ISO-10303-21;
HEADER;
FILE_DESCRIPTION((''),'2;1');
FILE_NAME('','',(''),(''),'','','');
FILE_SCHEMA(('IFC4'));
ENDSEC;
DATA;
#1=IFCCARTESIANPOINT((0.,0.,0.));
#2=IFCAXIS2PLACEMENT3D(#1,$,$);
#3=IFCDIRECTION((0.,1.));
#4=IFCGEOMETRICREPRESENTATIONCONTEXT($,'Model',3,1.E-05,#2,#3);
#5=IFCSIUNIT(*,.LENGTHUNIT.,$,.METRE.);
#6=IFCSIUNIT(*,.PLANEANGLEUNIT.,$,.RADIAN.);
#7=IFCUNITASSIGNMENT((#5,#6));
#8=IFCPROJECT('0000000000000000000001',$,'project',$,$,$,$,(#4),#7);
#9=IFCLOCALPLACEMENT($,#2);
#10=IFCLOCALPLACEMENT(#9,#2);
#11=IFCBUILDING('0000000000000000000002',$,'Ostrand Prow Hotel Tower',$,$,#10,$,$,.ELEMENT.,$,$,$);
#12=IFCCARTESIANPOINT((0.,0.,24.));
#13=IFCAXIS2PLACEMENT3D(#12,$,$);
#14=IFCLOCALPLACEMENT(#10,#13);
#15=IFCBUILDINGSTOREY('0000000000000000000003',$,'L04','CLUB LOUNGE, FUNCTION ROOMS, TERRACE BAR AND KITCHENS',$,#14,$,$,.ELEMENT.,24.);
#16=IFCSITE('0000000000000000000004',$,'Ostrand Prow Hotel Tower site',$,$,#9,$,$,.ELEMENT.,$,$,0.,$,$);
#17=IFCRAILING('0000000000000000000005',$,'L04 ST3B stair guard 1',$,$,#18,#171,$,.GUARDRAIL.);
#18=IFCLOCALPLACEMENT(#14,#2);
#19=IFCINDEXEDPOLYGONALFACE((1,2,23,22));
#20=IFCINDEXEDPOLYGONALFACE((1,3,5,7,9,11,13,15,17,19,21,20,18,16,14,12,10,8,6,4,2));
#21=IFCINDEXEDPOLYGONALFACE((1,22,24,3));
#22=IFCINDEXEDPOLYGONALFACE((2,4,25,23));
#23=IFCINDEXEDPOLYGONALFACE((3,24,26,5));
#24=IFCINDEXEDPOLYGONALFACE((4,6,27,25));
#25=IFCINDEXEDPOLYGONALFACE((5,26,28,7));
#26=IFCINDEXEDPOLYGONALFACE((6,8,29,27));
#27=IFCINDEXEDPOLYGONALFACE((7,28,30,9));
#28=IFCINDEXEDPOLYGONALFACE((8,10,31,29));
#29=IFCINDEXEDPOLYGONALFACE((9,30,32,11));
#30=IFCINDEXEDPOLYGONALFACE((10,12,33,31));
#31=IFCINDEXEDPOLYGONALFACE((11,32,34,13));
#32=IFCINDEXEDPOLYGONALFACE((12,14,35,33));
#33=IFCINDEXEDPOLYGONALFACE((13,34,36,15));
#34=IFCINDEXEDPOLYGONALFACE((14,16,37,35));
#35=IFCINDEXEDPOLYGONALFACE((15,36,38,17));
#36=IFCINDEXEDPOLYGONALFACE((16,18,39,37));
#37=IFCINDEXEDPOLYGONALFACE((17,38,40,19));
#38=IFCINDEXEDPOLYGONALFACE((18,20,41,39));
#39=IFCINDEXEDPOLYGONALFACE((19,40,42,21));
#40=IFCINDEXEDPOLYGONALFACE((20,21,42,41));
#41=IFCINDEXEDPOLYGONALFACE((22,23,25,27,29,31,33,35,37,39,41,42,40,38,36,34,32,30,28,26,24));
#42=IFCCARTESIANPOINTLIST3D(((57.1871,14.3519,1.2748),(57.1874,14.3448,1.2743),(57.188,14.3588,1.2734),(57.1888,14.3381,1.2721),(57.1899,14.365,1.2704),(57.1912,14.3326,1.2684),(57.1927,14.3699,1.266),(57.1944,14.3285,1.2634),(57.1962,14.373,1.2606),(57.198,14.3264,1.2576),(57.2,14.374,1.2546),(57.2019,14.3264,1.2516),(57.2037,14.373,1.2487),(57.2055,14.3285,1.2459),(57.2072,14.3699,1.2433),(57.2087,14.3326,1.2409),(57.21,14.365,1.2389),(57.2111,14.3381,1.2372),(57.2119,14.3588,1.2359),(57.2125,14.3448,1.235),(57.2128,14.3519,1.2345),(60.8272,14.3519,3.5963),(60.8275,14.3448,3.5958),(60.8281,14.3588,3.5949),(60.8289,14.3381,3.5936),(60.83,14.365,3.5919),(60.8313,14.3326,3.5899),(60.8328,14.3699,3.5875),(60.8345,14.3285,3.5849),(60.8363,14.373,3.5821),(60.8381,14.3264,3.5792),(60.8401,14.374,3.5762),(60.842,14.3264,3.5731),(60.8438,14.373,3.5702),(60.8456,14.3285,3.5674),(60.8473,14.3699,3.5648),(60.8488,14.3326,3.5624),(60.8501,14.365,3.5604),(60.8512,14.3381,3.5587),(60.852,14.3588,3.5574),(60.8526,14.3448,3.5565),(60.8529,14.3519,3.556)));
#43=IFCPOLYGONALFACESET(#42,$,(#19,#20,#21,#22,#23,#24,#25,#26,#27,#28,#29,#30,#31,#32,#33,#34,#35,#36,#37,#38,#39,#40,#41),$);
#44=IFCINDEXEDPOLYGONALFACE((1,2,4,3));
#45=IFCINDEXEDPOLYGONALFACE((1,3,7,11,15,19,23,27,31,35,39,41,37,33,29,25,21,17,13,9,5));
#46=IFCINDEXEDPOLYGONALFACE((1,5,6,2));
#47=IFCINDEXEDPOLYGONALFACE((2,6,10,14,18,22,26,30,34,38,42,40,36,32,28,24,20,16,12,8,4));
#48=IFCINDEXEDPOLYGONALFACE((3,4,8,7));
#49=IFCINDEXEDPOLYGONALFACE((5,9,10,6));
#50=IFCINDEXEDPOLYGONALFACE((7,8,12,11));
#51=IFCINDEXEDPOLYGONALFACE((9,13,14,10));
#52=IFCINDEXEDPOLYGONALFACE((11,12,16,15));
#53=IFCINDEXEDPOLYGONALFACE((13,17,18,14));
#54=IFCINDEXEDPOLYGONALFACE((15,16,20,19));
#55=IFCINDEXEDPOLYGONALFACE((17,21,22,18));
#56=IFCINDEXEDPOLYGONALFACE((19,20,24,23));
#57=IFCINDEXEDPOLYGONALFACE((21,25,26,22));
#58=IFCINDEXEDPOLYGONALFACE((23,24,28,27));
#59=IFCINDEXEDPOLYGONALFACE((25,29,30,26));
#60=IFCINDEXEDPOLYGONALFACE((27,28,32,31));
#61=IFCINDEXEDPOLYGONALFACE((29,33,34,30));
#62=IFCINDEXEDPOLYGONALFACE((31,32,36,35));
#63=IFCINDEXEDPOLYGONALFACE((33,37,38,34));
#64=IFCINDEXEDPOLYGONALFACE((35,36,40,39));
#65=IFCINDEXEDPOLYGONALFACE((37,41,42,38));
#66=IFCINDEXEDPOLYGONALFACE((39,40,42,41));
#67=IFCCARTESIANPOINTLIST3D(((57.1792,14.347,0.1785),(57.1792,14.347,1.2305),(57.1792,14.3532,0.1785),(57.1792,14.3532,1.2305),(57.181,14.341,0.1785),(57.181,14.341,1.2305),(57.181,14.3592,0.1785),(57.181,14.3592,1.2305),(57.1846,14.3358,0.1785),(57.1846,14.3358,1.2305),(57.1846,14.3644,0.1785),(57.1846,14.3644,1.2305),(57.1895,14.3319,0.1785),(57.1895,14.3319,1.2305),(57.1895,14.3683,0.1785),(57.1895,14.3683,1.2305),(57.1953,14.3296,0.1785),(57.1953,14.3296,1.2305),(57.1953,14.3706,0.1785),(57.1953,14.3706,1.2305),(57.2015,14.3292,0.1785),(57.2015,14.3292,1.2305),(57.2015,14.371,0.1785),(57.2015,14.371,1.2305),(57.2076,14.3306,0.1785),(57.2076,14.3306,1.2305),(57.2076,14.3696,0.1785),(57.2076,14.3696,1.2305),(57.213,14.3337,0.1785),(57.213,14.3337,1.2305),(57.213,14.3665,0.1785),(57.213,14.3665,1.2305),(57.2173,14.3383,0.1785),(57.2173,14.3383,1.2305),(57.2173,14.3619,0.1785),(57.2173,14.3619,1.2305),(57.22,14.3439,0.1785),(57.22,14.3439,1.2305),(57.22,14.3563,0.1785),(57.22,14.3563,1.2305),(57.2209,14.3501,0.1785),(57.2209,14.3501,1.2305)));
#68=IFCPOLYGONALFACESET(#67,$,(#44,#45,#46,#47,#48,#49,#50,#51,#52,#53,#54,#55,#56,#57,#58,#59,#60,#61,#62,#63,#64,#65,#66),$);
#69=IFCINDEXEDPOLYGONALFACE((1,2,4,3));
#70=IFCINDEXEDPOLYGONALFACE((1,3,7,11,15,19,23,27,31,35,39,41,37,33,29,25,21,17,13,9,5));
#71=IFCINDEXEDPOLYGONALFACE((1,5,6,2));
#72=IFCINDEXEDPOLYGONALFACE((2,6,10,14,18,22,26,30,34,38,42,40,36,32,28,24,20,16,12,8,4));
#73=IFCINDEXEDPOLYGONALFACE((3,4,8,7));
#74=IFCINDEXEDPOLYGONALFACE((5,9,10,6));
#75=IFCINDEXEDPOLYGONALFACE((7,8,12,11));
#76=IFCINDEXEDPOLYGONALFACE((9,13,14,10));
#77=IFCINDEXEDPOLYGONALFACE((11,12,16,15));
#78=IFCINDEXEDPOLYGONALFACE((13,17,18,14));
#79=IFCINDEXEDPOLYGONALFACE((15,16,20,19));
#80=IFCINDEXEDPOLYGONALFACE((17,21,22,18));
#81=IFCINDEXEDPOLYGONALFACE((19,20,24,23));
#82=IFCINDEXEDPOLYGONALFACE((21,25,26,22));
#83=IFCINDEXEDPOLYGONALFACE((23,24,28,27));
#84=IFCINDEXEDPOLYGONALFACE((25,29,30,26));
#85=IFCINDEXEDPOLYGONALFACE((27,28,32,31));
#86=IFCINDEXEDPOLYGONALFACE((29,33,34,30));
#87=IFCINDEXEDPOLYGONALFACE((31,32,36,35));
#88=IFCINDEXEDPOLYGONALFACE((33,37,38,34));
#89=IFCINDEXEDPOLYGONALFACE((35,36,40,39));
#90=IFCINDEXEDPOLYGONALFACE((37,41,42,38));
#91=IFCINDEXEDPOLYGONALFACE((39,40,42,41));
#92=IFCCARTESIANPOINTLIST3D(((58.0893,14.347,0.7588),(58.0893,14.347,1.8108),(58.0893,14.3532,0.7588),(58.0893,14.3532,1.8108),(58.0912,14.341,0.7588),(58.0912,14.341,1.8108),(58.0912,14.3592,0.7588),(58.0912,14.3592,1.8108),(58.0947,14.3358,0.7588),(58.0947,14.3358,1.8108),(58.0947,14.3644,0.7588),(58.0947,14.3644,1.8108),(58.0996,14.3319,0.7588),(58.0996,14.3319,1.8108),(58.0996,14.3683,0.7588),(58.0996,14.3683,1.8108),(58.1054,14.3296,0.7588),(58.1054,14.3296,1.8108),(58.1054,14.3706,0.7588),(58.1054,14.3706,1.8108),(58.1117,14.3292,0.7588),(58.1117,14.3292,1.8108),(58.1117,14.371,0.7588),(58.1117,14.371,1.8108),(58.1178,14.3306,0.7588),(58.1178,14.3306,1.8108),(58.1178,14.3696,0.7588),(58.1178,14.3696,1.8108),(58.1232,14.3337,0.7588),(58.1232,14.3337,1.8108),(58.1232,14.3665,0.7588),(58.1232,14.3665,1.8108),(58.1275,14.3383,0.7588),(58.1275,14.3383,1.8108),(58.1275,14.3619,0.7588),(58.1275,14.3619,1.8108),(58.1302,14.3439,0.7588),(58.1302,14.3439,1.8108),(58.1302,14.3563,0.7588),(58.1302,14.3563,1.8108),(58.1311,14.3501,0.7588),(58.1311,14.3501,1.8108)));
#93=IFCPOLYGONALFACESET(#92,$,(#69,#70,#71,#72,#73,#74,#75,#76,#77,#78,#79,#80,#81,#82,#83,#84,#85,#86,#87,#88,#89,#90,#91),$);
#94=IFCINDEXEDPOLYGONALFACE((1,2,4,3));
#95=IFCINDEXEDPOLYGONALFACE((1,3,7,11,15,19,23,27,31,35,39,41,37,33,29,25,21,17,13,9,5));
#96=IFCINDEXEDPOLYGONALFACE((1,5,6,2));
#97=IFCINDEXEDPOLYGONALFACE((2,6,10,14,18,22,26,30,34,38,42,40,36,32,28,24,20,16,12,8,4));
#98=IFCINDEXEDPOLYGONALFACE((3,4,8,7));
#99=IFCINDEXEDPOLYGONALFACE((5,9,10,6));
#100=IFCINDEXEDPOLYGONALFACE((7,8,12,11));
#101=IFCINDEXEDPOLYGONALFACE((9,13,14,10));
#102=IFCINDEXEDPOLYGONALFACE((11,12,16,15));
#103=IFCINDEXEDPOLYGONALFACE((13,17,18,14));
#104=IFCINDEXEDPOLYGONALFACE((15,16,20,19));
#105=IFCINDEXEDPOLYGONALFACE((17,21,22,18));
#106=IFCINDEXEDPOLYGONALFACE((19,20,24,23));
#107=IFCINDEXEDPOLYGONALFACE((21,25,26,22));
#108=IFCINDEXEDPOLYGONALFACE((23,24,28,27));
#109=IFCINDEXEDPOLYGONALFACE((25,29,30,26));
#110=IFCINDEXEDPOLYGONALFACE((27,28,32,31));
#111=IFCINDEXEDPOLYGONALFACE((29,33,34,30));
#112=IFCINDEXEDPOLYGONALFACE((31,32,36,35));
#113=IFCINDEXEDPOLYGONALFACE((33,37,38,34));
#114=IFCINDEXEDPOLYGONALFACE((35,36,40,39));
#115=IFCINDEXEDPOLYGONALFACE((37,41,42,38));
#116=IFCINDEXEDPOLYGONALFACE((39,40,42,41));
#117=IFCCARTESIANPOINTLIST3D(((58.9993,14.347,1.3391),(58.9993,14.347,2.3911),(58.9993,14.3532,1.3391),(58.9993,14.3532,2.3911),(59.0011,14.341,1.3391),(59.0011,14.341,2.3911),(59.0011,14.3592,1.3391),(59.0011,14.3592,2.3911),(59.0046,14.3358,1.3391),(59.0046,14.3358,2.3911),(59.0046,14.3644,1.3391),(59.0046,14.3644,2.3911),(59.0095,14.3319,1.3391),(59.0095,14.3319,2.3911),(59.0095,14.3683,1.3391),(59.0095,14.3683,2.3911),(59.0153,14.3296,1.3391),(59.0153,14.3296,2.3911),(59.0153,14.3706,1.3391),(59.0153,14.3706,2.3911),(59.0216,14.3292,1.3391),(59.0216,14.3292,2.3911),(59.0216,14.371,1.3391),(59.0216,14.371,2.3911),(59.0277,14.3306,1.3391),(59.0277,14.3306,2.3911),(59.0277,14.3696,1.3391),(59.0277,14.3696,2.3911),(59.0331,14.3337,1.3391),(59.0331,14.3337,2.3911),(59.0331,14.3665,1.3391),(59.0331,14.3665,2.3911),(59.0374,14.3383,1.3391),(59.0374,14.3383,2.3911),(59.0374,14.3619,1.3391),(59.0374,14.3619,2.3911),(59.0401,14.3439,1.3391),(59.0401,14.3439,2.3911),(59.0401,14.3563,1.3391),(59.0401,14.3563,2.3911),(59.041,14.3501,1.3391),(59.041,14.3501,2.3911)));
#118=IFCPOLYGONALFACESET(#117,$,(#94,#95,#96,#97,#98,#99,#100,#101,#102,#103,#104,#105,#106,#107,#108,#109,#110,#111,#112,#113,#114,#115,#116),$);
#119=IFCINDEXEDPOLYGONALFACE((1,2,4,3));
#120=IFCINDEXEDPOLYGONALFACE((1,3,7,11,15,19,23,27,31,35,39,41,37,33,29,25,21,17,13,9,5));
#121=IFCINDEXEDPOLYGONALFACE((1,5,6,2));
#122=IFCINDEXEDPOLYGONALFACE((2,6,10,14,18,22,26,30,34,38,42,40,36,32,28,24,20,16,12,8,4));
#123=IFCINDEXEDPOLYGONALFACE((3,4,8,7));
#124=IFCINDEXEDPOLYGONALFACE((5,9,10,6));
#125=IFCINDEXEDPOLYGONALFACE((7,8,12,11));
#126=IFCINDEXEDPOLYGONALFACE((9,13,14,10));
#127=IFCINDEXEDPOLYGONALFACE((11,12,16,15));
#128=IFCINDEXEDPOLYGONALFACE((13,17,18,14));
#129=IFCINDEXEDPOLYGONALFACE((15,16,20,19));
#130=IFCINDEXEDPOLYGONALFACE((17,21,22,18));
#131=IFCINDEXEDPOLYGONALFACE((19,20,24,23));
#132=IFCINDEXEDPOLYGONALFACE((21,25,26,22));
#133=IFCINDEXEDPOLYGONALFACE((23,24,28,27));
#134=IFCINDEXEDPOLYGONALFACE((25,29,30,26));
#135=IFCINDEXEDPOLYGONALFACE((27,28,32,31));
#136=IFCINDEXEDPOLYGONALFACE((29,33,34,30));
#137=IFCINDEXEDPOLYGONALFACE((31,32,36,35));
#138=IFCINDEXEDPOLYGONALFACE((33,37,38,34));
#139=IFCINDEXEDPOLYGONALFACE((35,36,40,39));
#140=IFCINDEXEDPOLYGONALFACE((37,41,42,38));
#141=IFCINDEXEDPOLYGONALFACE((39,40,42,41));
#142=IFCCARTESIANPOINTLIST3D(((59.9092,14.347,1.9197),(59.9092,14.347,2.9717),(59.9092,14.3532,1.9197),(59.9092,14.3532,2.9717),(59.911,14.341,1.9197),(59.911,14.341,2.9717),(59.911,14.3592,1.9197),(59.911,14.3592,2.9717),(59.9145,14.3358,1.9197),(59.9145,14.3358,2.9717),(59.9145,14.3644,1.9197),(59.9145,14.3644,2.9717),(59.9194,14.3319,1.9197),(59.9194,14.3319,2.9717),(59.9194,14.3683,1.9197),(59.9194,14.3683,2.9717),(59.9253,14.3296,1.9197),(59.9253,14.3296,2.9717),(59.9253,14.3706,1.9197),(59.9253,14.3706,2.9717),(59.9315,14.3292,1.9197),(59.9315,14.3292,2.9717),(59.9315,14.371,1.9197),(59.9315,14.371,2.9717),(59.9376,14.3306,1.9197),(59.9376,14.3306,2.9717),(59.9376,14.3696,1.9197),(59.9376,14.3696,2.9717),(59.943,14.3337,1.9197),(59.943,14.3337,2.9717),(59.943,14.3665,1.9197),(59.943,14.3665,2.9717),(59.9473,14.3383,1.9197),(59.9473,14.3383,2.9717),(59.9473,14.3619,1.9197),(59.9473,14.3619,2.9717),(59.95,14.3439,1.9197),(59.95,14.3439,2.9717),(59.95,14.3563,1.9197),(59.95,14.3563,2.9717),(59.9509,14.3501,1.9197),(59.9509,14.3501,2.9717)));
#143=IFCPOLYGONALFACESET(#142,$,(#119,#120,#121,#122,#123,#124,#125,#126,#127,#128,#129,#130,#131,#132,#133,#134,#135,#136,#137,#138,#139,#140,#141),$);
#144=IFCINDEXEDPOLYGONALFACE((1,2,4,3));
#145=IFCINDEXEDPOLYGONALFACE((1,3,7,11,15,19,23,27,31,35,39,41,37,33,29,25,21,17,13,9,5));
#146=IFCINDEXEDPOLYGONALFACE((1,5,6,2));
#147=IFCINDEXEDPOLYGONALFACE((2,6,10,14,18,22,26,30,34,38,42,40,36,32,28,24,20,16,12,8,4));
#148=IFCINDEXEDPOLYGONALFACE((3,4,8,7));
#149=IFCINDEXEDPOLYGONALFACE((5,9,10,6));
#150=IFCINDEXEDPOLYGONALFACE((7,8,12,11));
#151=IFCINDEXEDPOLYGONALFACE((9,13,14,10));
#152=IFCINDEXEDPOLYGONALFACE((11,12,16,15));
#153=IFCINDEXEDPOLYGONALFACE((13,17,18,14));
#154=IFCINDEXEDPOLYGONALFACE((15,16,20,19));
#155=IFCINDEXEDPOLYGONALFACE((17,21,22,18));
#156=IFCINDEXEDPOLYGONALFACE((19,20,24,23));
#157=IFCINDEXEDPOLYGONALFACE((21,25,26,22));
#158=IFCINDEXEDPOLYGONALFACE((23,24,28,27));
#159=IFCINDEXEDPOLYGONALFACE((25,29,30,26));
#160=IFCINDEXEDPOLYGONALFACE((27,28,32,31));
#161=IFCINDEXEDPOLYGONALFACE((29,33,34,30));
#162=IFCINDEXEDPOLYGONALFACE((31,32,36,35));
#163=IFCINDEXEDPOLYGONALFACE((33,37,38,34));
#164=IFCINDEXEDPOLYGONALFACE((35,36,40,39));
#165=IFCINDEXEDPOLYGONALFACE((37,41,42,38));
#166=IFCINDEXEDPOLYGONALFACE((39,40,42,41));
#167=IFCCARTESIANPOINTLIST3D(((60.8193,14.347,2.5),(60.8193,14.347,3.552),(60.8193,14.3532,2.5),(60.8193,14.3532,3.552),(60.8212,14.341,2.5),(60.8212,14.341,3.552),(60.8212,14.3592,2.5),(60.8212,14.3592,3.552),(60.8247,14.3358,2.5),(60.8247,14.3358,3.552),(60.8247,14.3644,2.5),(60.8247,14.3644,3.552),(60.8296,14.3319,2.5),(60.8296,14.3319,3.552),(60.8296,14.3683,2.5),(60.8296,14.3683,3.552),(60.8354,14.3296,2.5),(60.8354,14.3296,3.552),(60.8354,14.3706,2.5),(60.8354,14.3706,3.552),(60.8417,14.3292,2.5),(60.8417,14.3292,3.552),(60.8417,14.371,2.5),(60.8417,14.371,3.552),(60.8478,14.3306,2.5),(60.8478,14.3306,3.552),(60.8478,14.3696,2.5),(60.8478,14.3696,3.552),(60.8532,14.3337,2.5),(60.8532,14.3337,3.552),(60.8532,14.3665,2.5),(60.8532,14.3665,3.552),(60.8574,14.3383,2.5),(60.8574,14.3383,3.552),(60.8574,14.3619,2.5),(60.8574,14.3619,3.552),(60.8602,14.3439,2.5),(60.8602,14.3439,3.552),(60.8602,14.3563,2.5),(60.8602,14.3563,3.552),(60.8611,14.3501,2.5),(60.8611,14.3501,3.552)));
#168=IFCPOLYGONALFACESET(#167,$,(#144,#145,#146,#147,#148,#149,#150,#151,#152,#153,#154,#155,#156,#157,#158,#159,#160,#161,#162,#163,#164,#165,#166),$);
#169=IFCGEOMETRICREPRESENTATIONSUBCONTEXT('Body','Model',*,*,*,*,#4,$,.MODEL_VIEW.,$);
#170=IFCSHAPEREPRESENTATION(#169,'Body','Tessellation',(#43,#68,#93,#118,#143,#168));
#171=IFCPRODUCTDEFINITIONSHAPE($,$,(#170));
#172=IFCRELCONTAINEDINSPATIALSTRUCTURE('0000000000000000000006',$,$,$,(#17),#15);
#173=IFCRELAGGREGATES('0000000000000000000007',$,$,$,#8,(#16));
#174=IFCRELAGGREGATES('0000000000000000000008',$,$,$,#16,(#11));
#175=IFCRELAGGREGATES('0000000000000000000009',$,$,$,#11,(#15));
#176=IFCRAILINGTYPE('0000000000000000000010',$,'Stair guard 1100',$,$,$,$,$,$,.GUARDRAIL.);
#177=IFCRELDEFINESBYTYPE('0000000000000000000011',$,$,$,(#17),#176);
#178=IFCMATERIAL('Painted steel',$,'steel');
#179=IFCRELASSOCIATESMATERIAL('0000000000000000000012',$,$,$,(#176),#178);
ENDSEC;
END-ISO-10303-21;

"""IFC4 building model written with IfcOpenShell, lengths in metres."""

from ifc_helpers import new_model, si_unit, direction, frame, origin, origin_2d, place, context, subcontext, project, spatial, circle, extrude, material, type_object, element, save


model = new_model("IFC4")

# Units and contexts
model_context = context("Model", 3, precision=1e-05, world=origin(), true_north=direction((0.0, 1.0)))
body_context = subcontext(model_context, "Body", "Model", "MODEL_VIEW")
ifc_project = project(units=[si_unit("LENGTHUNIT", "METRE"), si_unit("PLANEANGLEUNIT", "RADIAN")], contexts=[model_context])

# Site, building, storey
site_placement = place(None, origin())
site = spatial("IfcSite", under=ifc_project, at=site_placement, Name="Ostrand Prow Hotel Tower site", CompositionType="ELEMENT", RefElevation=0.0)
building_placement = place(site_placement, origin())
building = spatial("IfcBuilding", under=site, at=building_placement, Name="Ostrand Prow Hotel Tower", CompositionType="ELEMENT")
storey_placement = place(building_placement, frame((0.0, 0.0, 24.0)))
storey = spatial("IfcBuildingStorey", under=building, at=storey_placement, Name="L04", Description="CLUB LOUNGE, FUNCTION ROOMS, TERRACE BAR AND KITCHENS", CompositionType="ELEMENT", Elevation=24.0)

# Railing
ifc_material_1 = material(Name="Painted steel", Category="steel")
railing_type_1 = type_object("IfcRailingType", Name="Stair guard 1100", PredefinedType="GUARDRAIL", material=ifc_material_1)
railing_1_placement = place(storey_placement, frame((57.2, 14.3501, 0.1785)))
element("IfcRailing", 1, at=railing_1_placement, inside=storey, type_object=railing_type_1, Name="L04 ST3B stair guard 1", PredefinedType="GUARDRAIL", context=body_context, shape_type="SweptSolid", body=[
    extrude(circle(Radius=0.0239, at=origin_2d()), frame((0.0, 0.0, 1.0762), z_axis=(0.843128, 0.0, 0.537713), x_axis=(0.0, 1.0, 0.0)), (0.0, 0.0, 1.0), 4.3174),
    extrude(circle(Radius=0.021, at=origin_2d()), origin(), (0.0, 0.0, 1.0), 1.052),
    extrude(circle(Radius=0.021, at=origin_2d()), frame((0.9102, 0.0, 0.5803)), (0.0, 0.0, 1.0), 1.052),
    extrude(circle(Radius=0.021, at=origin_2d()), frame((1.8201, 0.0, 1.1606)), (0.0, 0.0, 1.0), 1.052),
    extrude(circle(Radius=0.021, at=origin_2d()), frame((2.73, 0.0, 1.7412)), (0.0, 0.0, 1.0), 1.052),
    extrude(circle(Radius=0.021, at=origin_2d()), frame((3.6401, 0.0, 2.3215)), (0.0, 0.0, 1.0), 1.052),
])

save(model, "model.ifc")
